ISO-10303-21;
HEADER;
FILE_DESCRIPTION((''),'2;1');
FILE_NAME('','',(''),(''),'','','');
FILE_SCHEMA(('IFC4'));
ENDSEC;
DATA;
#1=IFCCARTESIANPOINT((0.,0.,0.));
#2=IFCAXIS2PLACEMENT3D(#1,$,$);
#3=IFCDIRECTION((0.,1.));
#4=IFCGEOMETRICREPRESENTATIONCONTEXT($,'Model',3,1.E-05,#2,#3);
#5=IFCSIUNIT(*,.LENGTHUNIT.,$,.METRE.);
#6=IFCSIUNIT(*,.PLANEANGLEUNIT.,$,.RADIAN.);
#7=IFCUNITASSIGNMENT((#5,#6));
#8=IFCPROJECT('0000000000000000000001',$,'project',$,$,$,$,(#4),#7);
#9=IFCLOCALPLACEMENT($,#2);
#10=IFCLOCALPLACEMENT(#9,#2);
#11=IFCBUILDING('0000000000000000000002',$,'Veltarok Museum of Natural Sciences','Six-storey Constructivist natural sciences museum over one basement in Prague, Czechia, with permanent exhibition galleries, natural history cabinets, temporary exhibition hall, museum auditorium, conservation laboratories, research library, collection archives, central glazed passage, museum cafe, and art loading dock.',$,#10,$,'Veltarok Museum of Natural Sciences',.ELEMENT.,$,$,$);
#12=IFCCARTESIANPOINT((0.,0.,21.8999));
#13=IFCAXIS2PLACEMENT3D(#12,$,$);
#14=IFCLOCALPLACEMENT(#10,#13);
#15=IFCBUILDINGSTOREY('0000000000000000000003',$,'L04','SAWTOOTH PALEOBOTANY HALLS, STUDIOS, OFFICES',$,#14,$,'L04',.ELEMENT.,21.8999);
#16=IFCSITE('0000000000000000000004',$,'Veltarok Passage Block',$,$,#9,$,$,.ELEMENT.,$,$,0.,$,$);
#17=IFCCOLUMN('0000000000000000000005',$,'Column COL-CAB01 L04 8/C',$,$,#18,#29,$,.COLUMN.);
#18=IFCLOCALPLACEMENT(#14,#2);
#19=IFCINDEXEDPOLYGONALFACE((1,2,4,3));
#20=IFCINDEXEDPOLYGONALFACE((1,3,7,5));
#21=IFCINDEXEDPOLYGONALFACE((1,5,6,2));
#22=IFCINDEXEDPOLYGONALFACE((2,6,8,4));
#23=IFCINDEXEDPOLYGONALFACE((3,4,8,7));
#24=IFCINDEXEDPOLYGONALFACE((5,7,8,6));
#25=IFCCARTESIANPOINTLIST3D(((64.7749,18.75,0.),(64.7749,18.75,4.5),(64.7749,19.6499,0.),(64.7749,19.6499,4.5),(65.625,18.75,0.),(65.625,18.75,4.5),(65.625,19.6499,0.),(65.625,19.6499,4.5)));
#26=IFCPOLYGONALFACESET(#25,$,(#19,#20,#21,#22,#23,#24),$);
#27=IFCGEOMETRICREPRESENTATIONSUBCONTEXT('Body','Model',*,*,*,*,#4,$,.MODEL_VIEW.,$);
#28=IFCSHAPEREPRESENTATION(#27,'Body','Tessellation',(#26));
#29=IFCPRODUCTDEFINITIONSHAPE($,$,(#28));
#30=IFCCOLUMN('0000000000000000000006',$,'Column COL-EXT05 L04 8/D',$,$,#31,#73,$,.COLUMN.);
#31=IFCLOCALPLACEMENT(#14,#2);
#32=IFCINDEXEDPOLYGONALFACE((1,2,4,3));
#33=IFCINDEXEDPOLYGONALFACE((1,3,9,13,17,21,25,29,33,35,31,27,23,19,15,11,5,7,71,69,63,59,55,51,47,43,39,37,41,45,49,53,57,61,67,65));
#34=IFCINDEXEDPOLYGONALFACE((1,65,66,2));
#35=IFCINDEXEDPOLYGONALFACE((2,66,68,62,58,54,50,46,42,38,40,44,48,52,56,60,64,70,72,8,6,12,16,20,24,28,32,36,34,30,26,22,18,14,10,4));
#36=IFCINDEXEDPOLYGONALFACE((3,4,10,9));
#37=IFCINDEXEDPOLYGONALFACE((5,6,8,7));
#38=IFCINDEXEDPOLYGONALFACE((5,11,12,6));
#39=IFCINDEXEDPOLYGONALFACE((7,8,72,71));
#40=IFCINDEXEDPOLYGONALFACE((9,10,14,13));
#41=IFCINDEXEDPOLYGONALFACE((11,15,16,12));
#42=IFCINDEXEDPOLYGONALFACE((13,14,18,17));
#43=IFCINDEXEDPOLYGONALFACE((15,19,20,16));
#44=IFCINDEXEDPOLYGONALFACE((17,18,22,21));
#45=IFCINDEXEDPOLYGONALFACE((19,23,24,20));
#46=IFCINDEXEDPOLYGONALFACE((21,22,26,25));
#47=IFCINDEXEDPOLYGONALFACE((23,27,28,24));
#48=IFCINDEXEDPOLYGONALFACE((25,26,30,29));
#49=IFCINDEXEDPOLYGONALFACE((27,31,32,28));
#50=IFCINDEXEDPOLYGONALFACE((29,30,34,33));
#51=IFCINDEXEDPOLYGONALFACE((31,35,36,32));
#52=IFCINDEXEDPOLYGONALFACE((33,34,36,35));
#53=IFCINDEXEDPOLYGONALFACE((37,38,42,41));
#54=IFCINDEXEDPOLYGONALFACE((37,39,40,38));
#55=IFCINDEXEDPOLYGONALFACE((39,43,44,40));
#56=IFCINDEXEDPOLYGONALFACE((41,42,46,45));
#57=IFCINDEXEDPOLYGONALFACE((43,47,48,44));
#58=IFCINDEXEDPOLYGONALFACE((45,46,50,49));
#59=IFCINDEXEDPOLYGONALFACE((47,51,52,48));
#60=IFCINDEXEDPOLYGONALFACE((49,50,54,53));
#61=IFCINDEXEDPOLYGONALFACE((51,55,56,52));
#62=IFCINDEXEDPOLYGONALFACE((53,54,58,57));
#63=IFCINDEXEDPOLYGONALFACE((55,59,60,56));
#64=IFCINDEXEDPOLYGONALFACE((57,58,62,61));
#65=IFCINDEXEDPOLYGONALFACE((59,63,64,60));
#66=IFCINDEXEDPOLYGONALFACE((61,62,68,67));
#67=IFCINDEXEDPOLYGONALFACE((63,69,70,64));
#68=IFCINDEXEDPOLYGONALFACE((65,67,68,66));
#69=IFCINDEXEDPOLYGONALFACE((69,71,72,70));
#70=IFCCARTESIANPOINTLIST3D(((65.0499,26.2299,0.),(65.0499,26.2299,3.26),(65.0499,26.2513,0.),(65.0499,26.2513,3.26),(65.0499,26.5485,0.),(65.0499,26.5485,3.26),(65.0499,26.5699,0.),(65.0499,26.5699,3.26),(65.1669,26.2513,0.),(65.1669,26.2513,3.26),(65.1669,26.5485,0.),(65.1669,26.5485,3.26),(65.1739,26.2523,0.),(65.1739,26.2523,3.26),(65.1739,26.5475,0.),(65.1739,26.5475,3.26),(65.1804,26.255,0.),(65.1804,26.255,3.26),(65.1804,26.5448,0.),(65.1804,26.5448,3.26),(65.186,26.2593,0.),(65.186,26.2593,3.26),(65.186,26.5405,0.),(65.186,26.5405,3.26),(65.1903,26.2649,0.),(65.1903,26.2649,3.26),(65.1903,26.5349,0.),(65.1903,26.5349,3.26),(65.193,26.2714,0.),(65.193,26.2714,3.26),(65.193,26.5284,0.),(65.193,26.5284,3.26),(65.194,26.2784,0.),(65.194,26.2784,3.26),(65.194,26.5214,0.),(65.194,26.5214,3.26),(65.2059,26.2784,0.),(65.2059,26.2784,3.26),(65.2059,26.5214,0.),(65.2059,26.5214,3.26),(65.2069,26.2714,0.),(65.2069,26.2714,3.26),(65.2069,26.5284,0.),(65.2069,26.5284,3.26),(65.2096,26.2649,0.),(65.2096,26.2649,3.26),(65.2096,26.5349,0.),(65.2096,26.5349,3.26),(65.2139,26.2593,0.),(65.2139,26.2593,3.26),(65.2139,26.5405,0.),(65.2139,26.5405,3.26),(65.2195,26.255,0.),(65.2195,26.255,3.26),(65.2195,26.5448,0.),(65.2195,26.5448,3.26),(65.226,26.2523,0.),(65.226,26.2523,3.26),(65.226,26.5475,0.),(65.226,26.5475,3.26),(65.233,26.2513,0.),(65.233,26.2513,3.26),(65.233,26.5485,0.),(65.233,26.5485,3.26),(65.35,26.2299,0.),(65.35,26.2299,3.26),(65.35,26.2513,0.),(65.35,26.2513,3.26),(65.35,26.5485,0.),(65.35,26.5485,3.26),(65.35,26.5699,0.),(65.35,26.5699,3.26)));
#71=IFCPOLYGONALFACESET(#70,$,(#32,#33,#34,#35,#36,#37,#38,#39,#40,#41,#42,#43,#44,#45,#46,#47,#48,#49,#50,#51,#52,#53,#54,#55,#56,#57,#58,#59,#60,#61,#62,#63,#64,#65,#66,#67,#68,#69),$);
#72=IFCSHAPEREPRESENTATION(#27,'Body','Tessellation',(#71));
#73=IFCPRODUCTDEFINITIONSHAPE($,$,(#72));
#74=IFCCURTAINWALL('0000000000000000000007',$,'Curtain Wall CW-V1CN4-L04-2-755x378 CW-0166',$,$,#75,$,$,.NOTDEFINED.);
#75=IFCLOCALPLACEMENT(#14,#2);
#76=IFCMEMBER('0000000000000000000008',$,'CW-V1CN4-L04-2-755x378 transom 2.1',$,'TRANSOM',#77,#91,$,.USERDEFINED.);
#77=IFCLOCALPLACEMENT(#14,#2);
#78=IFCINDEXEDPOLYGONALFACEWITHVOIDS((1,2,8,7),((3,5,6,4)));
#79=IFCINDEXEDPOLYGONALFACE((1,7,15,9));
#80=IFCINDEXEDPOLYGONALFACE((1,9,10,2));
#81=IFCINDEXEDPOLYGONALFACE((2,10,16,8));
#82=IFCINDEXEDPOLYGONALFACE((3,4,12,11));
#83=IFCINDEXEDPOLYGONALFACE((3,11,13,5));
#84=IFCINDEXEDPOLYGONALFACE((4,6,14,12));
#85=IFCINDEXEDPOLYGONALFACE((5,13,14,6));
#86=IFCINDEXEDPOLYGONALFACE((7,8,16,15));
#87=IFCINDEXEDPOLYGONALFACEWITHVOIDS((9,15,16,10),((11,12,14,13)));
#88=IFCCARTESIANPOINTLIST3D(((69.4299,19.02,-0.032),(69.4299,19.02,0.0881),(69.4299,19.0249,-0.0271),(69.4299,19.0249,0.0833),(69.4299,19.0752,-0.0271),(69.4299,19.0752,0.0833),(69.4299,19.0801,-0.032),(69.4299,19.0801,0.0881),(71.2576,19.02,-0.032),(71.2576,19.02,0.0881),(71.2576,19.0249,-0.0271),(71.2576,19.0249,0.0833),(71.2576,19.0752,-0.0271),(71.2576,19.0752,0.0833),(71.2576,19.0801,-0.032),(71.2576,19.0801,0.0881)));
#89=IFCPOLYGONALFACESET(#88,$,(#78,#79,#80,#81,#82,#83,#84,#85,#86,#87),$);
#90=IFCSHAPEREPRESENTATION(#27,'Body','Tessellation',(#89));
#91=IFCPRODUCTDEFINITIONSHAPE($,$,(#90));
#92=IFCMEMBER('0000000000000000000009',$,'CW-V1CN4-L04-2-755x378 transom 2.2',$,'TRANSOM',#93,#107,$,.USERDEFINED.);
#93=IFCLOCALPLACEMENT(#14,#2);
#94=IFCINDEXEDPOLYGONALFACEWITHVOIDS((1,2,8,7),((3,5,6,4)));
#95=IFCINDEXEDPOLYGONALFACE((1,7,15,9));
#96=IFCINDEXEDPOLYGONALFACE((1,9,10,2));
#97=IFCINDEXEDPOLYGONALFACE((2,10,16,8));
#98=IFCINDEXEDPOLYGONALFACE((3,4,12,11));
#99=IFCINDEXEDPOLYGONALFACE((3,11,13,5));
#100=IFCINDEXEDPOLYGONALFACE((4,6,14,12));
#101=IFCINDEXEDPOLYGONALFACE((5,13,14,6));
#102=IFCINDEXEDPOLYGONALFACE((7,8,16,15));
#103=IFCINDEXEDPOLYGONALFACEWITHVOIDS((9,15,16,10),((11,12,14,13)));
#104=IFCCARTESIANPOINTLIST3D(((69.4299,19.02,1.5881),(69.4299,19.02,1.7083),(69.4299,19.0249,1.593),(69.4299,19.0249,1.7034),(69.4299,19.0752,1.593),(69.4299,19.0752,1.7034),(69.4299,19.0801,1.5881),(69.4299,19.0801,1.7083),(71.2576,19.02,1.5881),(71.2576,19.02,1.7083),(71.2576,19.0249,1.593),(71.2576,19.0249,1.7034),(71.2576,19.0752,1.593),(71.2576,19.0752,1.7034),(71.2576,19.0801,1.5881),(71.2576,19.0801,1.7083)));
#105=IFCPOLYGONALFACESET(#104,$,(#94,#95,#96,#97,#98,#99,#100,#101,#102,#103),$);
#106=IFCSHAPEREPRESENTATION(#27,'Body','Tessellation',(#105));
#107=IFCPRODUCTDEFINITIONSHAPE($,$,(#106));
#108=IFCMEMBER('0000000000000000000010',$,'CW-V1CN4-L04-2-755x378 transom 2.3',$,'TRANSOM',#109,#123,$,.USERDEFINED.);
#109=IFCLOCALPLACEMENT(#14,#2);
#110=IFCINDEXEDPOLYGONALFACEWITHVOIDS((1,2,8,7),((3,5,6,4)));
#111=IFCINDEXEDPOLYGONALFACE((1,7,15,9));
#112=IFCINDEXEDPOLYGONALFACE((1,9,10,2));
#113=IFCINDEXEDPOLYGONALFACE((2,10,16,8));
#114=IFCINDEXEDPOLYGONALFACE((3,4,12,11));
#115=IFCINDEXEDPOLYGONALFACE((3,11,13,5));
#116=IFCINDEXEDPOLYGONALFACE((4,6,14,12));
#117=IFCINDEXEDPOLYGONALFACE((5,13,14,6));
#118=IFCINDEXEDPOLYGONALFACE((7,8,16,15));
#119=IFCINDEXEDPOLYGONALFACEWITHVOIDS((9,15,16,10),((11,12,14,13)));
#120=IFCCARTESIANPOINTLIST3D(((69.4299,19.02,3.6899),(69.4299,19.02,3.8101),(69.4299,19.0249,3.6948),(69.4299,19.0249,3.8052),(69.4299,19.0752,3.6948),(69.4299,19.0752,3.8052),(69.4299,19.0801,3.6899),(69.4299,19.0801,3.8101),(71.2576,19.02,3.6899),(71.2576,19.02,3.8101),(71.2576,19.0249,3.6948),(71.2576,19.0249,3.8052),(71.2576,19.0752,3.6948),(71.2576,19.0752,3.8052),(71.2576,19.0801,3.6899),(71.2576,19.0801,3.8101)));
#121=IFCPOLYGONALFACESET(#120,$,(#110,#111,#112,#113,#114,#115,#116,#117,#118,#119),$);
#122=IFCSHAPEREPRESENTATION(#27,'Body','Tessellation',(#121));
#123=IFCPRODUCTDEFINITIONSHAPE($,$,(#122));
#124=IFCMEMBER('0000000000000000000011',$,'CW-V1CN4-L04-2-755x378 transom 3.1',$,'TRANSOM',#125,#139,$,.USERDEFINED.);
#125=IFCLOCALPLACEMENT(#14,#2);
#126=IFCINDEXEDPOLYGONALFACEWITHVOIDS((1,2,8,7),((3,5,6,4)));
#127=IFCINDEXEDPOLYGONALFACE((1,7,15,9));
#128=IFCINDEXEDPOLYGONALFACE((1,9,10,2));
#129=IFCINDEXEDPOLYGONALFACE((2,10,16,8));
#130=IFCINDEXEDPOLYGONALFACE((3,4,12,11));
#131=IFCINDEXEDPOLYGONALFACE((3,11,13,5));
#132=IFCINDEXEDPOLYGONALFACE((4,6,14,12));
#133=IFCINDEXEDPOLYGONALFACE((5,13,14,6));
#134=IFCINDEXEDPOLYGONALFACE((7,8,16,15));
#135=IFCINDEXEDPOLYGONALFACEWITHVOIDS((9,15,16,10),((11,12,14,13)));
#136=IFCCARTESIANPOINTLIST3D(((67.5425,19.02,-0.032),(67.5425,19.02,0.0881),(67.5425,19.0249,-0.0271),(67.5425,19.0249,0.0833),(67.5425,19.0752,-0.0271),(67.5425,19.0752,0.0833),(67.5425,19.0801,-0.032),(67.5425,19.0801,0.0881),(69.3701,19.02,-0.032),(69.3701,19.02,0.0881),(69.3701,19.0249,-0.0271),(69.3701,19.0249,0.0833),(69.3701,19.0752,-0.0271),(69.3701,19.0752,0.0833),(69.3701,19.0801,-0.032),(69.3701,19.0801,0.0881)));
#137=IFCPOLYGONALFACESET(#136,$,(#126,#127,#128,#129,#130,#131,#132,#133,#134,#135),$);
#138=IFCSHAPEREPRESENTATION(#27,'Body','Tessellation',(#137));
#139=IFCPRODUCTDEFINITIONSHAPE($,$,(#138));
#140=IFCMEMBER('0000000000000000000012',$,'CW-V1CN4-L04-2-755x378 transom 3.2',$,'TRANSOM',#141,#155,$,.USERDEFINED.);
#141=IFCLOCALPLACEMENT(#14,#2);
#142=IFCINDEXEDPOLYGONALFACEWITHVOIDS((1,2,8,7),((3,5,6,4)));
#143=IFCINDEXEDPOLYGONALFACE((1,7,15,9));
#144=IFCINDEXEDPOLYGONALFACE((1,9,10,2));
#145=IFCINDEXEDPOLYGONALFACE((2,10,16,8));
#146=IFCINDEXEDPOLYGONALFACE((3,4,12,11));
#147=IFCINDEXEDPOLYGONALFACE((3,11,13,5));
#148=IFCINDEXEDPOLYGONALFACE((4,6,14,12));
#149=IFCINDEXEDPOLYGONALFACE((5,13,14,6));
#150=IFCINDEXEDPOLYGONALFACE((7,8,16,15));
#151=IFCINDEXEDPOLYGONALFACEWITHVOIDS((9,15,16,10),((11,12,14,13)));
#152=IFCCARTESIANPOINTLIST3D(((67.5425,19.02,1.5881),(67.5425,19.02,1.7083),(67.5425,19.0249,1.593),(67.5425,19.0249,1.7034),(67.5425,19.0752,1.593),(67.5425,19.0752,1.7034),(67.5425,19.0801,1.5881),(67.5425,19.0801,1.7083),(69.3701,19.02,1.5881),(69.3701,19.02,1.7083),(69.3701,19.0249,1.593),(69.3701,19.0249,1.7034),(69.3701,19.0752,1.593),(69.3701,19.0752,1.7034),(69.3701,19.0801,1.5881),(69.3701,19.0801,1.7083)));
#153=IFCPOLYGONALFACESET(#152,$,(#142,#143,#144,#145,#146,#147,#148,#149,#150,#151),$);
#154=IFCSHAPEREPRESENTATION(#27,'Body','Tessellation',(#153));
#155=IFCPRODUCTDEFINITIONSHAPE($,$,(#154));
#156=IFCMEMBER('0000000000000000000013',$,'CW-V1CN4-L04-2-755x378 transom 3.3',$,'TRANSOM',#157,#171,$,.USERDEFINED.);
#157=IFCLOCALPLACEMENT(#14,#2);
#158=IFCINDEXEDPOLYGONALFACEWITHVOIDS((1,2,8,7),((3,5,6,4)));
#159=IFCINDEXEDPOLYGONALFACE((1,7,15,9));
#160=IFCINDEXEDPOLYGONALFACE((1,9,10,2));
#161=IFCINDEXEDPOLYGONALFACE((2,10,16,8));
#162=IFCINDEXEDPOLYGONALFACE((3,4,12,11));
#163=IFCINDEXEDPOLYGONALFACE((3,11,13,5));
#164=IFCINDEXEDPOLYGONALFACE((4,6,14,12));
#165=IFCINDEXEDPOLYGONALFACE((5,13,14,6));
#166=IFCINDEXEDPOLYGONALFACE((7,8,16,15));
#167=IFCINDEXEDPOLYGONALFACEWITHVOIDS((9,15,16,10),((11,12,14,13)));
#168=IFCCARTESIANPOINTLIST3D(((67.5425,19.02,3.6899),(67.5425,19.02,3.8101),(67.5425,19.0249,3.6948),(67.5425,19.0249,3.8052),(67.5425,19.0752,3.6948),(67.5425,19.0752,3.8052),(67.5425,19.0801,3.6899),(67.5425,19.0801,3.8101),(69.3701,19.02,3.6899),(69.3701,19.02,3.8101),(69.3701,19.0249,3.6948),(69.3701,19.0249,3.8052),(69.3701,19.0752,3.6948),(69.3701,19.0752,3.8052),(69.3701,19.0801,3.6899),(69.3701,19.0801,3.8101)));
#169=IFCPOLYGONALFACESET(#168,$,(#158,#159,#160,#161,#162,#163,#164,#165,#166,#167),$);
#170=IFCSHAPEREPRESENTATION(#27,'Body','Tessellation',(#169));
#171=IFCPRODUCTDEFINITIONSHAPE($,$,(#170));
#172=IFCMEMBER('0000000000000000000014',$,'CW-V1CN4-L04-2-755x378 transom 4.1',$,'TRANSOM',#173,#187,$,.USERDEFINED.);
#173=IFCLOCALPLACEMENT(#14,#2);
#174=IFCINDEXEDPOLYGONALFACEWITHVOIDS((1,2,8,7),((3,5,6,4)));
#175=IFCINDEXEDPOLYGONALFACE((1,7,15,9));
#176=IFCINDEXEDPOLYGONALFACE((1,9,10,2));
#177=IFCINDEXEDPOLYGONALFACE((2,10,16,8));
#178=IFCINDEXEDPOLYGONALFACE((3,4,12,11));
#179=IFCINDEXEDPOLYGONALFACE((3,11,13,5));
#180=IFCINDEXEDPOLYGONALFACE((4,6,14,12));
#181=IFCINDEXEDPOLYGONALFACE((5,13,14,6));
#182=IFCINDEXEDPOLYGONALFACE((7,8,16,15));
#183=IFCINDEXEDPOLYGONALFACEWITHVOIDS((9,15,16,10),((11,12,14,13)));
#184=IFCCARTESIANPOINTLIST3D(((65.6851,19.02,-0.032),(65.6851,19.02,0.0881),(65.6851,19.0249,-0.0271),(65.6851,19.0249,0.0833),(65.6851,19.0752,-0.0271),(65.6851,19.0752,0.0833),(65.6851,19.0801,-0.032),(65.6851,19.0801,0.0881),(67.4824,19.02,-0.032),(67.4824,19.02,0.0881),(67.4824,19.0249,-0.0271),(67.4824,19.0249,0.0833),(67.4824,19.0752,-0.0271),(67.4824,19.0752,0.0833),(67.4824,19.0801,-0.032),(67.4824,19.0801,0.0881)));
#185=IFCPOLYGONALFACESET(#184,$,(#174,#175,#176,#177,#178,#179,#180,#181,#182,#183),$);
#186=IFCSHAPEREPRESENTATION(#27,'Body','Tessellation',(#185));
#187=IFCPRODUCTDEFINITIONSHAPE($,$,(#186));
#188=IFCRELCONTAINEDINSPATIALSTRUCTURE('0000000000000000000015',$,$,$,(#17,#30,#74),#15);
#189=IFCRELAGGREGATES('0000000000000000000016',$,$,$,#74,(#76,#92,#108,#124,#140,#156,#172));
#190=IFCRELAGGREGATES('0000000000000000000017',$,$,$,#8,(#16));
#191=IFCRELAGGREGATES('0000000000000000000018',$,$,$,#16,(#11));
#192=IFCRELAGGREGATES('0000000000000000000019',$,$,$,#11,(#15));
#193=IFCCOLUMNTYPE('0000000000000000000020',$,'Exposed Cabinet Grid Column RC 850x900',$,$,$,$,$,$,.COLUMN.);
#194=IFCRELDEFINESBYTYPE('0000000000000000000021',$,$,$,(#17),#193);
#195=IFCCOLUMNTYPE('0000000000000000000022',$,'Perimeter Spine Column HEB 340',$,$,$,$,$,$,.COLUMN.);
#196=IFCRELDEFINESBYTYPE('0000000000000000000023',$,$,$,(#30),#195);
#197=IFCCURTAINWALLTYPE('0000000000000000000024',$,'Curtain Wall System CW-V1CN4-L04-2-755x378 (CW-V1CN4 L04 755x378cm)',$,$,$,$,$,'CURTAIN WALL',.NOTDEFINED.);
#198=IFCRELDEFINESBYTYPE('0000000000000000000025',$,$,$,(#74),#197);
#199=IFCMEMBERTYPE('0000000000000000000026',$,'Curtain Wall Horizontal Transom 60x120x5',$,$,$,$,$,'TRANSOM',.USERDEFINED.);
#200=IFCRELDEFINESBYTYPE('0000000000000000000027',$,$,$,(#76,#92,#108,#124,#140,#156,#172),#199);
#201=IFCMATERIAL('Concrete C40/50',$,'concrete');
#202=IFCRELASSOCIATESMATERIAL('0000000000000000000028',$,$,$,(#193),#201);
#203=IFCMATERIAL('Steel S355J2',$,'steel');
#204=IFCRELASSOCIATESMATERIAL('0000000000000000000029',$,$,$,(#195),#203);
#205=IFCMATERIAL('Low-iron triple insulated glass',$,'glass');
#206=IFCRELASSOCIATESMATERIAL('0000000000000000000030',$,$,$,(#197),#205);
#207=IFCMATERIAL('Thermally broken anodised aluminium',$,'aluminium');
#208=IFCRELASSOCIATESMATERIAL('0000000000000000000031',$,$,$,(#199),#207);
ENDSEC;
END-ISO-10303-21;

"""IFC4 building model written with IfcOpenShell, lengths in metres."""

from ifc_helpers import new_model, si_unit, direction, frame, origin, origin_2d, place, context, subcontext, project, spatial, rectangle, hollow_rectangle, i_section, extrude, material, material_profile, profile_set, type_object, element, aggregate, save


model = new_model("IFC4")

# Units and contexts
model_context = context("Model", 3, precision=1e-05, world=origin(), true_north=direction((0.0, 1.0)))
body_context = subcontext(model_context, "Body", "Model", "MODEL_VIEW")
ifc_project = project(units=[si_unit("LENGTHUNIT", "METRE"), si_unit("PLANEANGLEUNIT", "RADIAN")], contexts=[model_context])

# Site, building, storey
site_placement = place(None, origin())
site = spatial("IfcSite", under=ifc_project, at=site_placement, Name="Veltarok Passage Block", CompositionType="ELEMENT", RefElevation=0.0)
building_placement = place(site_placement, origin())
building = spatial("IfcBuilding", under=site, at=building_placement, Name="Veltarok Museum of Natural Sciences", Description="Six-storey Constructivist natural sciences museum over one basement in Prague, Czechia, with permanent exhibition galleries, natural history cabinets, temporary exhibition hall, museum auditorium, conservation laboratories, research library, collection archives, central glazed passage, museum cafe, and art loading dock.", LongName="Veltarok Museum of Natural Sciences", CompositionType="ELEMENT")
storey_placement = place(building_placement, frame((0.0, 0.0, 21.8999)))
storey = spatial("IfcBuildingStorey", under=building, at=storey_placement, Name="L04", Description="SAWTOOTH PALEOBOTANY HALLS, STUDIOS, OFFICES", LongName="L04", CompositionType="ELEMENT", Elevation=21.8999)

# Columns
ifc_material_1 = material(Name="Concrete C40/50", Category="concrete")
ifc_material_profile_1 = material_profile(ifc_material_1, rectangle(XDim=0.8501, YDim=0.8999, at=origin_2d()), Name="RC 850x900")
ifc_profile_set_1 = profile_set([ifc_material_profile_1], Name="Concrete C40/50")
column_type_1 = type_object("IfcColumnType", Name="Exposed Cabinet Grid Column RC 850x900", PredefinedType="COLUMN", material=ifc_profile_set_1)
column_1_placement = place(storey_placement, frame((65.2, 19.2, 0.0), z_axis=(0.0, 0.0, 1.0), x_axis=(1.0, 0.0, 0.0)))
element("IfcColumn", 1, at=column_1_placement, inside=storey, type_object=column_type_1, Name="Column COL-CAB01 L04 8/C", PredefinedType="COLUMN", context=body_context, shape_type="SweptSolid", body=[
    extrude(rectangle(XDim=0.8501, YDim=0.8999, at=origin_2d()), origin(), (0.0, 0.0, 1.0), 4.5),
])
ifc_material_2 = material(Name="Steel S355J2", Category="steel")
ifc_material_profile_2 = material_profile(ifc_material_2, i_section(OverallWidth=0.3, OverallDepth=0.3401, WebThickness=0.012, FlangeThickness=0.0215, FilletRadius=0.0271, at=origin_2d()), Name="HEB 340")
ifc_profile_set_2 = profile_set([ifc_material_profile_2], Name="Steel S355J2")
column_type_2 = type_object("IfcColumnType", Name="Perimeter Spine Column HEB 340", PredefinedType="COLUMN", material=ifc_profile_set_2)
column_2_placement = place(storey_placement, frame((65.2, 26.3999, 0.0), z_axis=(0.0, 0.0, 1.0), x_axis=(1.0, 0.0, 0.0)))
element("IfcColumn", 2, at=column_2_placement, inside=storey, type_object=column_type_2, Name="Column COL-EXT05 L04 8/D", PredefinedType="COLUMN", context=body_context, shape_type="SweptSolid", body=[
    extrude(i_section(OverallWidth=0.3, OverallDepth=0.3401, WebThickness=0.012, FlangeThickness=0.0215, FilletRadius=0.0271, at=origin_2d()), origin(), (0.0, 0.0, 1.0), 3.26),
])

# Curtain wall, members
ifc_material_3 = material(Name="Low-iron triple insulated glass", Category="glass")
curtain_wall_type = type_object("IfcCurtainWallType", Name="Curtain Wall System CW-V1CN4-L04-2-755x378 (CW-V1CN4 L04 755x378cm)", ElementType="CURTAIN WALL", PredefinedType="NOTDEFINED", material=ifc_material_3)
curtain_wall_placement = place(storey_placement, origin())
curtain_wall = element("IfcCurtainWall", 3, at=curtain_wall_placement, inside=storey, type_object=curtain_wall_type, Name="Curtain Wall CW-V1CN4-L04-2-755x378 CW-0166", PredefinedType="NOTDEFINED")
ifc_material_4 = material(Name="Thermally broken anodised aluminium", Category="aluminium")
ifc_material_profile_3 = material_profile(ifc_material_4, hollow_rectangle(XDim=0.0601, YDim=0.1201, WallThickness=0.0049, at=origin_2d()), Name="CW TRANSOM 60x120x5")
ifc_profile_set_3 = profile_set([ifc_material_profile_3], Name="Thermally broken anodised aluminium")
member_type_1 = type_object("IfcMemberType", Name="Curtain Wall Horizontal Transom 60x120x5", ElementType="TRANSOM", PredefinedType="USERDEFINED", material=ifc_profile_set_3)
member_1_placement = place(storey_placement, frame((71.2576, 19.05, 0.0281), z_axis=(-1.0, 0.0, 0.0), x_axis=(0.0, -1.0, 0.0)))
member_1 = element("IfcMember", 4, at=member_1_placement, type_object=member_type_1, Name="CW-V1CN4-L04-2-755x378 transom 2.1", ObjectType="TRANSOM", PredefinedType="USERDEFINED", context=body_context, shape_type="SweptSolid", body=[
    extrude(hollow_rectangle(XDim=0.0601, YDim=0.1201, WallThickness=0.0049, at=origin_2d()), origin(), (0.0, 0.0, 1.0), 1.8276),
])
member_2_placement = place(storey_placement, frame((71.2576, 19.05, 1.6482), z_axis=(-1.0, 0.0, 0.0), x_axis=(0.0, -1.0, 0.0)))
member_2 = element("IfcMember", 5, at=member_2_placement, type_object=member_type_1, Name="CW-V1CN4-L04-2-755x378 transom 2.2", ObjectType="TRANSOM", PredefinedType="USERDEFINED", context=body_context, shape_type="SweptSolid", body=[
    extrude(hollow_rectangle(XDim=0.0601, YDim=0.1201, WallThickness=0.0049, at=origin_2d()), origin(), (0.0, 0.0, 1.0), 1.8276),
])
member_3_placement = place(storey_placement, frame((71.2576, 19.05, 3.75), z_axis=(-1.0, 0.0, 0.0), x_axis=(0.0, -1.0, 0.0)))
member_3 = element("IfcMember", 6, at=member_3_placement, type_object=member_type_1, Name="CW-V1CN4-L04-2-755x378 transom 2.3", ObjectType="TRANSOM", PredefinedType="USERDEFINED", context=body_context, shape_type="SweptSolid", body=[
    extrude(hollow_rectangle(XDim=0.0601, YDim=0.1201, WallThickness=0.0049, at=origin_2d()), origin(), (0.0, 0.0, 1.0), 1.8276),
])
member_4_placement = place(storey_placement, frame((69.3701, 19.05, 0.0281), z_axis=(-1.0, 0.0, 0.0), x_axis=(0.0, -1.0, 0.0)))
member_4 = element("IfcMember", 7, at=member_4_placement, type_object=member_type_1, Name="CW-V1CN4-L04-2-755x378 transom 3.1", ObjectType="TRANSOM", PredefinedType="USERDEFINED", context=body_context, shape_type="SweptSolid", body=[
    extrude(hollow_rectangle(XDim=0.0601, YDim=0.1201, WallThickness=0.0049, at=origin_2d()), origin(), (0.0, 0.0, 1.0), 1.8276),
])
member_5_placement = place(storey_placement, frame((69.3701, 19.05, 1.6482), z_axis=(-1.0, 0.0, 0.0), x_axis=(0.0, -1.0, 0.0)))
member_5 = element("IfcMember", 8, at=member_5_placement, type_object=member_type_1, Name="CW-V1CN4-L04-2-755x378 transom 3.2", ObjectType="TRANSOM", PredefinedType="USERDEFINED", context=body_context, shape_type="SweptSolid", body=[
    extrude(hollow_rectangle(XDim=0.0601, YDim=0.1201, WallThickness=0.0049, at=origin_2d()), origin(), (0.0, 0.0, 1.0), 1.8276),
])
member_6_placement = place(storey_placement, frame((69.3701, 19.05, 3.75), z_axis=(-1.0, 0.0, 0.0), x_axis=(0.0, -1.0, 0.0)))
member_6 = element("IfcMember", 9, at=member_6_placement, type_object=member_type_1, Name="CW-V1CN4-L04-2-755x378 transom 3.3", ObjectType="TRANSOM", PredefinedType="USERDEFINED", context=body_context, shape_type="SweptSolid", body=[
    extrude(hollow_rectangle(XDim=0.0601, YDim=0.1201, WallThickness=0.0049, at=origin_2d()), origin(), (0.0, 0.0, 1.0), 1.8276),
])
member_7_placement = place(storey_placement, frame((67.4824, 19.05, 0.0281), z_axis=(-1.0, 0.0, 0.0), x_axis=(0.0, -1.0, 0.0)))
member_7 = element("IfcMember", 10, at=member_7_placement, type_object=member_type_1, Name="CW-V1CN4-L04-2-755x378 transom 4.1", ObjectType="TRANSOM", PredefinedType="USERDEFINED", context=body_context, shape_type="SweptSolid", body=[
    extrude(hollow_rectangle(XDim=0.0601, YDim=0.1201, WallThickness=0.0049, at=origin_2d()), origin(), (0.0, 0.0, 1.0), 1.7974),
])

aggregate(curtain_wall, [member_1, member_2, member_3, member_4, member_5, member_6, member_7])

save(model, "model.ifc")
